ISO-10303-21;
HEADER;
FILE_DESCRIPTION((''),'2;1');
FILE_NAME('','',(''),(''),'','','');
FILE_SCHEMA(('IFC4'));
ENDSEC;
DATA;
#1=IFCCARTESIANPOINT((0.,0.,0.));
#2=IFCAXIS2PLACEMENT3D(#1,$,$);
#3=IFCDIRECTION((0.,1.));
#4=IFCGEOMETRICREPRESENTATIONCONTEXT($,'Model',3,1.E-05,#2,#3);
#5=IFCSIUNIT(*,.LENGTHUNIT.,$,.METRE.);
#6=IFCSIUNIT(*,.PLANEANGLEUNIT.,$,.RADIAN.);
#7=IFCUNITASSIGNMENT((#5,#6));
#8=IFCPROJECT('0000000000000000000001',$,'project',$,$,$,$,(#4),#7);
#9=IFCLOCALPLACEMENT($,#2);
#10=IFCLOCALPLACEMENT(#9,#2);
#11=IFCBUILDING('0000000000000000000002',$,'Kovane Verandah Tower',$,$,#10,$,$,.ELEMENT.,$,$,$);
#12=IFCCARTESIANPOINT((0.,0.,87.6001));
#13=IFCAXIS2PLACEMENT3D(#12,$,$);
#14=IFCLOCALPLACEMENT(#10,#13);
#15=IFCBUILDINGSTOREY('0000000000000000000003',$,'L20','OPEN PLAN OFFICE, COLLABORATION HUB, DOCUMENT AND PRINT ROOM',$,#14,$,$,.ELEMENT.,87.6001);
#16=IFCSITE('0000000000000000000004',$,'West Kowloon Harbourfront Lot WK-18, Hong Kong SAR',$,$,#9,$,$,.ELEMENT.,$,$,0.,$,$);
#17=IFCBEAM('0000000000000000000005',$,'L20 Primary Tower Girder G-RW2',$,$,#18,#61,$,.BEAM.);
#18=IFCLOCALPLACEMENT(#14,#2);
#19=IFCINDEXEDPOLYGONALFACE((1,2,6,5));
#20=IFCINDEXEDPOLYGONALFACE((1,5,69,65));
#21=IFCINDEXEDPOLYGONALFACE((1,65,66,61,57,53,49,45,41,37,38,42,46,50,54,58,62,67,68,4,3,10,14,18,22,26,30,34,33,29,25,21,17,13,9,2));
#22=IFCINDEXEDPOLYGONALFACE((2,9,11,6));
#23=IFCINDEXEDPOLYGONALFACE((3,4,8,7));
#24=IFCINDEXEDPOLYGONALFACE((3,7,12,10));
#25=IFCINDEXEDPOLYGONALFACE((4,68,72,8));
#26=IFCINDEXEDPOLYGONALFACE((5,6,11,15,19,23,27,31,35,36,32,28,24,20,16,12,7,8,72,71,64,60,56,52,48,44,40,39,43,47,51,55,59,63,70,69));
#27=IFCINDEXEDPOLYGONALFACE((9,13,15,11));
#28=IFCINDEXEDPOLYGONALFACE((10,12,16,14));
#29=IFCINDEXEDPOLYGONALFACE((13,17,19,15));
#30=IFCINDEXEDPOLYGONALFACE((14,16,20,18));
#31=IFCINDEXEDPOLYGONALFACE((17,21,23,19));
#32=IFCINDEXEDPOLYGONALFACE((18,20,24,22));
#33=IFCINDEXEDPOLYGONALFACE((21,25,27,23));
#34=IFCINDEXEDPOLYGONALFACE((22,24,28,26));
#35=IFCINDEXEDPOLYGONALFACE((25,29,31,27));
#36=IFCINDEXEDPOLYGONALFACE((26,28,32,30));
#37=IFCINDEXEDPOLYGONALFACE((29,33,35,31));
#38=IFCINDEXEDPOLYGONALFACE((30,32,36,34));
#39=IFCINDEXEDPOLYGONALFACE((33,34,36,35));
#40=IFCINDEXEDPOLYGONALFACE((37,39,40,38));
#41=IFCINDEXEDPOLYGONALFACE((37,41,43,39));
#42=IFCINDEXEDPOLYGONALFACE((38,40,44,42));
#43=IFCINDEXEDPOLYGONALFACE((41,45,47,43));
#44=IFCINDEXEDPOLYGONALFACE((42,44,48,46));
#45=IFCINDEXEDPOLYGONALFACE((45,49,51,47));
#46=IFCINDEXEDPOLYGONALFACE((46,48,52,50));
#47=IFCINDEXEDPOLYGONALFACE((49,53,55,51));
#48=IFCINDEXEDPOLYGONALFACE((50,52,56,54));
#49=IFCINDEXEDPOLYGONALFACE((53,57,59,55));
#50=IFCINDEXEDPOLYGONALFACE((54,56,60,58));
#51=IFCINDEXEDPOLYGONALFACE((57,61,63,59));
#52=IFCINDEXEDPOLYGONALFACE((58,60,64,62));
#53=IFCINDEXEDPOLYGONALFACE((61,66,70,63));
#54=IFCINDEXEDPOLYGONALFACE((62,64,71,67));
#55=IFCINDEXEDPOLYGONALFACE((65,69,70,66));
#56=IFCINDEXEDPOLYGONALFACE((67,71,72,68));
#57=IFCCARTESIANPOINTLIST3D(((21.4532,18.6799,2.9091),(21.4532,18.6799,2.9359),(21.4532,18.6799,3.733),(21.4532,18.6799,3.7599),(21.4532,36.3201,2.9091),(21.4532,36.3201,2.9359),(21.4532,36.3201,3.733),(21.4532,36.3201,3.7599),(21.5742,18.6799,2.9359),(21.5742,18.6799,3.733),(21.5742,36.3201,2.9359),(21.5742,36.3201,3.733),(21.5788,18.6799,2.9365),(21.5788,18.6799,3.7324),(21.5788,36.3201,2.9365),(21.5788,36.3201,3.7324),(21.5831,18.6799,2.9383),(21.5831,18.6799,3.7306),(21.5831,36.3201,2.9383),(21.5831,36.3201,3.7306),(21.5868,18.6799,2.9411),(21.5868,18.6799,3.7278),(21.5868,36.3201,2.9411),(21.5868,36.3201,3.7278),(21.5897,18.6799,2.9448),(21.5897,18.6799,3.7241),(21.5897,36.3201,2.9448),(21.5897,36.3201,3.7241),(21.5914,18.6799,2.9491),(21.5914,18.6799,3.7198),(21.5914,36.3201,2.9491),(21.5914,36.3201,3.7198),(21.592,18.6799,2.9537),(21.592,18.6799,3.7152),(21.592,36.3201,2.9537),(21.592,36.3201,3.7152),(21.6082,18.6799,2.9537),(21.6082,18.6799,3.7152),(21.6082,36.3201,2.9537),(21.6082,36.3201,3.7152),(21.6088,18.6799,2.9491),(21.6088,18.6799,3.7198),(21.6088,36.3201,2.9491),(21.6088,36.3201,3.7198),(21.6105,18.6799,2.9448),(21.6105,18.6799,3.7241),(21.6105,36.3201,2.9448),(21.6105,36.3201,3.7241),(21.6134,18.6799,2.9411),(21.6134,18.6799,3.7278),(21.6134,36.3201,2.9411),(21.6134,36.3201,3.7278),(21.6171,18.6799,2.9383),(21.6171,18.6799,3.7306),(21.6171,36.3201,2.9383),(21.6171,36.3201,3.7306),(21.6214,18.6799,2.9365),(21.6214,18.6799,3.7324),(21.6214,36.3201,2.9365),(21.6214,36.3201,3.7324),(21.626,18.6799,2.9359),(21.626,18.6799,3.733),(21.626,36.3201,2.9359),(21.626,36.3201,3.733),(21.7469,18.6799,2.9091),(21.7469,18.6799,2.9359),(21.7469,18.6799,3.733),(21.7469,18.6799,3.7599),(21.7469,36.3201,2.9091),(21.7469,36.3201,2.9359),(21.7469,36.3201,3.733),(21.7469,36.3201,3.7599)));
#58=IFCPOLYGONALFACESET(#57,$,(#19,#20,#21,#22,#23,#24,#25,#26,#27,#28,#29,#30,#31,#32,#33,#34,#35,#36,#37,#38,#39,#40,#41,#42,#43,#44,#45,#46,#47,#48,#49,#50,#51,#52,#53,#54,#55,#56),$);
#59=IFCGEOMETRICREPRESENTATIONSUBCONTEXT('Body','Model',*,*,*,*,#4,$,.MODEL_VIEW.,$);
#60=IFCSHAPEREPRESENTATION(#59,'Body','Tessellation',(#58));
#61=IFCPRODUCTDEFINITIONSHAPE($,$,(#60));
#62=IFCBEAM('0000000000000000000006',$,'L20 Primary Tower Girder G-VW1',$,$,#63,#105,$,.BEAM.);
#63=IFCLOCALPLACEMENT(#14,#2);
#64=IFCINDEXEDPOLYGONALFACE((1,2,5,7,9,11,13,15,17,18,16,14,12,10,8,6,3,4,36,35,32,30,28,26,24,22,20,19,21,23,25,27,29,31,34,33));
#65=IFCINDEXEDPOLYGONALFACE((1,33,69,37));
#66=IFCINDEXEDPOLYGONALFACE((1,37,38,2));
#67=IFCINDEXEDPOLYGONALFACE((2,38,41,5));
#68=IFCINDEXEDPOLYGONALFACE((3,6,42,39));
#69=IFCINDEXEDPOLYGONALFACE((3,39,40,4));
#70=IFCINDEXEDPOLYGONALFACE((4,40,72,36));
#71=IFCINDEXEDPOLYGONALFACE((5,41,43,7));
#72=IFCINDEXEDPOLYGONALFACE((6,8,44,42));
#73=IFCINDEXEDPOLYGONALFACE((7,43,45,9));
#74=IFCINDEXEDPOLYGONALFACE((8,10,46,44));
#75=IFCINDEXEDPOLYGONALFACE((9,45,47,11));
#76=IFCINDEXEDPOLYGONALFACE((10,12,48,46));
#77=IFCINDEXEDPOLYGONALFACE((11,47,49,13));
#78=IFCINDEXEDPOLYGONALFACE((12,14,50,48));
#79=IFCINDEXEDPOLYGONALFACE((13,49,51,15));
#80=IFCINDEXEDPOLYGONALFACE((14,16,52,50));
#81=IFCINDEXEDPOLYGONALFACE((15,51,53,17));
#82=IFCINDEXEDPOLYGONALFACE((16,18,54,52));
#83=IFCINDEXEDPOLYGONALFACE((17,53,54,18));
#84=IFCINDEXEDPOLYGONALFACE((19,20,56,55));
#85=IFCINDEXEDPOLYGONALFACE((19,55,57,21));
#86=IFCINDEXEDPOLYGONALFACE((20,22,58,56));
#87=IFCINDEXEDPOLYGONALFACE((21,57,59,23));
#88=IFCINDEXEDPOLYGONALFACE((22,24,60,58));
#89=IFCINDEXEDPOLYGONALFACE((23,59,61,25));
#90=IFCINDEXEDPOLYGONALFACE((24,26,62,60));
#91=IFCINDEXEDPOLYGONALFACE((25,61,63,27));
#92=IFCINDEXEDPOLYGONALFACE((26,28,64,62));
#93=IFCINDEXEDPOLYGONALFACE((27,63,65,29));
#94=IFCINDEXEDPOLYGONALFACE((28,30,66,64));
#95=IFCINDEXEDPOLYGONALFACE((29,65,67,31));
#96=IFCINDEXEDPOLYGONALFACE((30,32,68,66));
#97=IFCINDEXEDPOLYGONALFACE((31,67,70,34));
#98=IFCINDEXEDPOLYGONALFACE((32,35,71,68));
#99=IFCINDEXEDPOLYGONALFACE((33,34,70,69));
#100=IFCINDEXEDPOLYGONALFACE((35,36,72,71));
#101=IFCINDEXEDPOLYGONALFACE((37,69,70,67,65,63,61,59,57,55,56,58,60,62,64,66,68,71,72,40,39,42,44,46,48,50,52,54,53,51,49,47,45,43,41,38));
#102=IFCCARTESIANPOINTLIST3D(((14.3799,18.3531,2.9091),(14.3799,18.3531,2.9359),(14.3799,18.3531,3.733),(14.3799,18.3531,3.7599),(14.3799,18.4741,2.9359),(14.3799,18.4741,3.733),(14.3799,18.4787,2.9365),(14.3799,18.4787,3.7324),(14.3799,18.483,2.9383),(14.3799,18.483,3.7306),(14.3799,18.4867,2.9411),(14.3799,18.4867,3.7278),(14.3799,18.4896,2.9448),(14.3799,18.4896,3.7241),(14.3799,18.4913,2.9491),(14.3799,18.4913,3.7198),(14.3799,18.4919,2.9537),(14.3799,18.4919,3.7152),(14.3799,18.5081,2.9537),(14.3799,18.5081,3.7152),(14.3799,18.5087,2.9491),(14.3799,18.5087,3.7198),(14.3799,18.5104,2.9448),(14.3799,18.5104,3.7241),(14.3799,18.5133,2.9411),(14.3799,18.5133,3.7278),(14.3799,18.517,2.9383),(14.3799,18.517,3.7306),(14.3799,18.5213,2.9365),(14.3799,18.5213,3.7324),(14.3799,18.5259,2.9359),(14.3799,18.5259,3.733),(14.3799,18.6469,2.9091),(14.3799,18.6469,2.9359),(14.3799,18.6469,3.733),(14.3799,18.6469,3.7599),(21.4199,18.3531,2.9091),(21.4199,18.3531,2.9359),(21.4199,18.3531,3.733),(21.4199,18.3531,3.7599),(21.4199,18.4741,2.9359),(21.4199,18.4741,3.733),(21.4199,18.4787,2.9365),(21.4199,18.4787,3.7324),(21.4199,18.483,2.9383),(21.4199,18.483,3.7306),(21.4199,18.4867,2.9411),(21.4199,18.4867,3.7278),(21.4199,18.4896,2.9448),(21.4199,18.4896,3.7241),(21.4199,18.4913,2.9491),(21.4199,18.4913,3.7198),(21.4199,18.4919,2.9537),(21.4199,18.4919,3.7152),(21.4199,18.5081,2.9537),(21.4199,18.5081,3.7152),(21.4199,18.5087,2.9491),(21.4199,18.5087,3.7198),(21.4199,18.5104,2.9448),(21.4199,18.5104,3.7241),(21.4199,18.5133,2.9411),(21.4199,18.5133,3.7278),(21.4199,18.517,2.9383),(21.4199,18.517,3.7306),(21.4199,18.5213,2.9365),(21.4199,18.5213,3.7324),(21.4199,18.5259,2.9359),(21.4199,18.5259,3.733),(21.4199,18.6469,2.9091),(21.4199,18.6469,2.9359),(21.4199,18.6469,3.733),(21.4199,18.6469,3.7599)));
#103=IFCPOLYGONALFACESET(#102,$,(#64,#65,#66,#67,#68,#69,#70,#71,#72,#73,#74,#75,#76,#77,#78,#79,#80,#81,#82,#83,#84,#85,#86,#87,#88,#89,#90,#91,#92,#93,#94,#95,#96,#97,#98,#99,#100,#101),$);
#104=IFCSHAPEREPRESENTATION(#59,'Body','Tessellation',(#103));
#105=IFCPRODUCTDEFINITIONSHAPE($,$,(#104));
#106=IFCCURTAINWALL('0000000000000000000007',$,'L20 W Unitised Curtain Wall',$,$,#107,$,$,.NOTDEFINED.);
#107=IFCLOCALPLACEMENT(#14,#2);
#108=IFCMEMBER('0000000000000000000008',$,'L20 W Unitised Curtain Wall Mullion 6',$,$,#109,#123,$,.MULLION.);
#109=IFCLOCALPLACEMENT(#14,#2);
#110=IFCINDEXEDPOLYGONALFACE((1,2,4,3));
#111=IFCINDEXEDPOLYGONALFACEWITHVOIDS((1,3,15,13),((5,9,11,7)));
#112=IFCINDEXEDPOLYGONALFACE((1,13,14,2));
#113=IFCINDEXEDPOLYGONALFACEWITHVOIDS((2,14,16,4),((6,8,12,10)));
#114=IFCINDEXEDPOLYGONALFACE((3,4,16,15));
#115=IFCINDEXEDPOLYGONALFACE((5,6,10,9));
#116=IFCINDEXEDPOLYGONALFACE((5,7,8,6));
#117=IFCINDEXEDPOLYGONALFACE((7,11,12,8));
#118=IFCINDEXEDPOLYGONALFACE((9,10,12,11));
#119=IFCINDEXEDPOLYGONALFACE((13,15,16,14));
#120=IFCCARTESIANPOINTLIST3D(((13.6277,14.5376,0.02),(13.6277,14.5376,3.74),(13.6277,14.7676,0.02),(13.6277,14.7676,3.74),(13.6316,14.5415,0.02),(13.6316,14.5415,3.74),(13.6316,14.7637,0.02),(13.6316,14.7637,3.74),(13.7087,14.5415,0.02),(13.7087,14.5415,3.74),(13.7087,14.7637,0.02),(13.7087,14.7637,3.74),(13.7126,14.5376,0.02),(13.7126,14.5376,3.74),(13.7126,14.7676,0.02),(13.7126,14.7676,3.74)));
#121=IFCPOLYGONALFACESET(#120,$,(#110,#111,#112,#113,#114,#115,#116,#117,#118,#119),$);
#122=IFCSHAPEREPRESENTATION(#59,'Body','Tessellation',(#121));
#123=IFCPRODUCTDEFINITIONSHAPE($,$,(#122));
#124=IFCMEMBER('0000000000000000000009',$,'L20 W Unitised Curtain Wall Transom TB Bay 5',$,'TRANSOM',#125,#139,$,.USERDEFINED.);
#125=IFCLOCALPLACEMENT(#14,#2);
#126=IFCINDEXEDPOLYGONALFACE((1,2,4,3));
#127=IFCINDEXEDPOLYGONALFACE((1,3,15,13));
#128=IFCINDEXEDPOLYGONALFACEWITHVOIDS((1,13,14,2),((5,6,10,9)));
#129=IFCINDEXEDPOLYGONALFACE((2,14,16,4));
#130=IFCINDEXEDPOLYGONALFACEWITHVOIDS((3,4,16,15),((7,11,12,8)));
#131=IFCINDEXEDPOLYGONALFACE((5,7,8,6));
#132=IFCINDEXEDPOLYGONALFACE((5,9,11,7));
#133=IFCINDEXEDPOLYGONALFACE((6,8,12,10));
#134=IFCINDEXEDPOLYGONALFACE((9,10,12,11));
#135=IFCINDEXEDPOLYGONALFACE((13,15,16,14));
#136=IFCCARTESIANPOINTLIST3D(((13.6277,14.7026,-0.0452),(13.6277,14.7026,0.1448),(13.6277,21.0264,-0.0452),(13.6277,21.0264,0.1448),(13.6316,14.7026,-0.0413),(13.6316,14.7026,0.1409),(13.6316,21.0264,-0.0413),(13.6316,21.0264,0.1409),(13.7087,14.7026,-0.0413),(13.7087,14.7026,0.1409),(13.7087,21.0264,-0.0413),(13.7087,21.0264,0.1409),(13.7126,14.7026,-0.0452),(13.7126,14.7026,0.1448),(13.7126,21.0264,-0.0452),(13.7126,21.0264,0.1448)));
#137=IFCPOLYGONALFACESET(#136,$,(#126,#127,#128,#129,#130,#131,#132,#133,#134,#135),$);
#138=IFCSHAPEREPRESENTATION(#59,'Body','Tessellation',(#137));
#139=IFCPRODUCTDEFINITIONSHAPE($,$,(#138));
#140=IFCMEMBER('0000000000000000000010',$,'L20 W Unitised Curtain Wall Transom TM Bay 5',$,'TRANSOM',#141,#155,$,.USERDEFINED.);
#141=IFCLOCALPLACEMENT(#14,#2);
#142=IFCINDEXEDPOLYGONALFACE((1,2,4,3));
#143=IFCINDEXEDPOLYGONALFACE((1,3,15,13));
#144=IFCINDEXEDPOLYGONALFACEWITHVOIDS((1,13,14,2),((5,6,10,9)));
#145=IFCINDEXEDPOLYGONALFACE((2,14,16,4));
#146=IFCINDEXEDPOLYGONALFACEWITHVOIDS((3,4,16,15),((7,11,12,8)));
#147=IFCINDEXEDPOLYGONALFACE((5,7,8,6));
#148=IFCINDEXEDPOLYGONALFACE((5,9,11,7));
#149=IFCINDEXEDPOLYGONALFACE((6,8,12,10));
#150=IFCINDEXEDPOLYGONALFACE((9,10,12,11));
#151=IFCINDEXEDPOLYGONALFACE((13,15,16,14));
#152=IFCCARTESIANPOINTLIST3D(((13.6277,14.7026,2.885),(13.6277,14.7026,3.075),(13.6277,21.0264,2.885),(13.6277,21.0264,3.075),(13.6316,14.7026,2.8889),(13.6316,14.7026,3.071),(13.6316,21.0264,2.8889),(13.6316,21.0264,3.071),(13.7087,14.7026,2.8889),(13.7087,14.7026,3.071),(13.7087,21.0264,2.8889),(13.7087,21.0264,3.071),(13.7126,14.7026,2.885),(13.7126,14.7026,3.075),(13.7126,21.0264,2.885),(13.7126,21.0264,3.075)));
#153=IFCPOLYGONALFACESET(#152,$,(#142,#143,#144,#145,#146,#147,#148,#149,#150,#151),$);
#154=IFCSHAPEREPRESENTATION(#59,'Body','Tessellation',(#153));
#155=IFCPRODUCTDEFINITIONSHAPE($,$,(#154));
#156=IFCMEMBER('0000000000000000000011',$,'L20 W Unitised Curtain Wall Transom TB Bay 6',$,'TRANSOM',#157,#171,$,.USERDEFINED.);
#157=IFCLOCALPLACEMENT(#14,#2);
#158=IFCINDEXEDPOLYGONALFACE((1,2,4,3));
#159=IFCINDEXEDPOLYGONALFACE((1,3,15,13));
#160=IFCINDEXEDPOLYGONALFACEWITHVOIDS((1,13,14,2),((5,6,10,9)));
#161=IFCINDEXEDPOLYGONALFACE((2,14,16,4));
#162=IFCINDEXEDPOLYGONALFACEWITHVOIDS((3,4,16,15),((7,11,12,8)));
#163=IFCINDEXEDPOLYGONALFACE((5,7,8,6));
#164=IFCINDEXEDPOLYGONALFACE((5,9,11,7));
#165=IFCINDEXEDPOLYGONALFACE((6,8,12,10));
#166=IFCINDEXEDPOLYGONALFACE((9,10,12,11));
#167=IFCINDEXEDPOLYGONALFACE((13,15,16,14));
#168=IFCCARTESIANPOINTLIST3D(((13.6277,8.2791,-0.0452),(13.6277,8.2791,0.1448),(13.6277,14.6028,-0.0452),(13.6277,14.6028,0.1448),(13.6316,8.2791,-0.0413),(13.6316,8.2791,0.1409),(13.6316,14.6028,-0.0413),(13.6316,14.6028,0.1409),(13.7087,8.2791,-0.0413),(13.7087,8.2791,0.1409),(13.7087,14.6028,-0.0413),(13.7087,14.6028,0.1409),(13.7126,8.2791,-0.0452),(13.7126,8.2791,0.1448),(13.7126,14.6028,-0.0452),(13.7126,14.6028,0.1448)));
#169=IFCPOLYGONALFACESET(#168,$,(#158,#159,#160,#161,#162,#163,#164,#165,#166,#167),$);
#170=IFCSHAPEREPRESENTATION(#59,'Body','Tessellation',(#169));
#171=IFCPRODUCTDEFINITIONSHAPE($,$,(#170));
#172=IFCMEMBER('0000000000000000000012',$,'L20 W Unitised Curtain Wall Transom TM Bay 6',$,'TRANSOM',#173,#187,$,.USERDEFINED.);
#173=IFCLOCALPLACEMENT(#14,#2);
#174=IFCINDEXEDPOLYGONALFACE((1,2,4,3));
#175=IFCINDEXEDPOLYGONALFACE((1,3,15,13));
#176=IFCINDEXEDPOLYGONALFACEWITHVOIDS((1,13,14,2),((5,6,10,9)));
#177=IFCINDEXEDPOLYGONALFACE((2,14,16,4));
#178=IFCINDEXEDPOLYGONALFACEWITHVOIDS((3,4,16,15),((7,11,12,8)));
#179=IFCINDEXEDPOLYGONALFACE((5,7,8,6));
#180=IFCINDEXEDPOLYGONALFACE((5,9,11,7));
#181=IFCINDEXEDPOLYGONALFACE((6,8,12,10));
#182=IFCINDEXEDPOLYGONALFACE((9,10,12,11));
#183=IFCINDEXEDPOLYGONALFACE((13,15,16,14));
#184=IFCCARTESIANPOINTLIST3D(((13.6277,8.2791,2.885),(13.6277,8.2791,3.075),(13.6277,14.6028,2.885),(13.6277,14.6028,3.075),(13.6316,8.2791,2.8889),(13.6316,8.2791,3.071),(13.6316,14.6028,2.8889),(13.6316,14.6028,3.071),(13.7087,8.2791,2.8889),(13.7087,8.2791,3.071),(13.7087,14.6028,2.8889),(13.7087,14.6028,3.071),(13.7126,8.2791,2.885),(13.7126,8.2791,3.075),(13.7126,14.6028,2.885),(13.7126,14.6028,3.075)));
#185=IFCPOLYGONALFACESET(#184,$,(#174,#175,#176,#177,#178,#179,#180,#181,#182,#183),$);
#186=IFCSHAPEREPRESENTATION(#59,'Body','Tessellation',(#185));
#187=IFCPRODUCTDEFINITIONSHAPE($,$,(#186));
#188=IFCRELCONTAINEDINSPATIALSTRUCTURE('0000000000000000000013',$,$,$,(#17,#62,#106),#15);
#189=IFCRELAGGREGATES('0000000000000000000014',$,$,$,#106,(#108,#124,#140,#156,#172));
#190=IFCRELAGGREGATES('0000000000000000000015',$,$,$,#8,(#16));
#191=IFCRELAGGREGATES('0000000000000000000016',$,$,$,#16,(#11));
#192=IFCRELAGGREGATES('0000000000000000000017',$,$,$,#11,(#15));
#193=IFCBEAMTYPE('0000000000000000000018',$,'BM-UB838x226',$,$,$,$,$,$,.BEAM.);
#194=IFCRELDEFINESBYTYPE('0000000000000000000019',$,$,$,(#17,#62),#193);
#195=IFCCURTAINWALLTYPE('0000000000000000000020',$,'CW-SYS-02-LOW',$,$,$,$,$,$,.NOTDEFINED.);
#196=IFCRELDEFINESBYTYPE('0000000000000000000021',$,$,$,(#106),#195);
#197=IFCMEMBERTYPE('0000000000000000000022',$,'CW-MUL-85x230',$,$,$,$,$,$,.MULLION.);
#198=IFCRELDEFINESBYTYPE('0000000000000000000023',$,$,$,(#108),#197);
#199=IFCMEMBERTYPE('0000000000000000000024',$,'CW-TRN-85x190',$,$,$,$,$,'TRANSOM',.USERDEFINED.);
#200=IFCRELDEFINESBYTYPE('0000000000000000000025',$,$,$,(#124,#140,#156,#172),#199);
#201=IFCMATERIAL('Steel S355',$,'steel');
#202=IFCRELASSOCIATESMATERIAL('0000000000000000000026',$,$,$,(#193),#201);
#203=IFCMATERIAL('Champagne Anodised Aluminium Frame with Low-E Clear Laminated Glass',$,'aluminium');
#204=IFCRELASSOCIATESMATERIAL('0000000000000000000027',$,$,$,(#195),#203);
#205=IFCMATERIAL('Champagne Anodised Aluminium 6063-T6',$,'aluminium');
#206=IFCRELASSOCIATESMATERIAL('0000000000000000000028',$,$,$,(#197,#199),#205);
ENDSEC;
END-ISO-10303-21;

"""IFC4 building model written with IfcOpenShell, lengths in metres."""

from ifc_helpers import new_model, si_unit, direction, frame, origin, origin_2d, place, context, subcontext, project, spatial, hollow_rectangle, i_section, extrude, material, material_profile, profile_set, type_object, element, aggregate, save


model = new_model("IFC4")

# Units and contexts
model_context = context("Model", 3, precision=1e-05, world=origin(), true_north=direction((0.0, 1.0)))
body_context = subcontext(model_context, "Body", "Model", "MODEL_VIEW")
ifc_project = project(units=[si_unit("LENGTHUNIT", "METRE"), si_unit("PLANEANGLEUNIT", "RADIAN")], contexts=[model_context])

# Site, building, storey
site_placement = place(None, origin())
site = spatial("IfcSite", under=ifc_project, at=site_placement, Name="West Kowloon Harbourfront Lot WK-18, Hong Kong SAR", CompositionType="ELEMENT", RefElevation=0.0)
building_placement = place(site_placement, origin())
building = spatial("IfcBuilding", under=site, at=building_placement, Name="Kovane Verandah Tower", CompositionType="ELEMENT")
storey_placement = place(building_placement, frame((0.0, 0.0, 87.6001)))
storey = spatial("IfcBuildingStorey", under=building, at=storey_placement, Name="L20", Description="OPEN PLAN OFFICE, COLLABORATION HUB, DOCUMENT AND PRINT ROOM", CompositionType="ELEMENT", Elevation=87.6001)

# Beams
ifc_material_1 = material(Name="Steel S355", Category="steel")
ifc_material_profile_1 = material_profile(ifc_material_1, i_section(OverallWidth=0.2937, OverallDepth=0.8508, WebThickness=0.0161, FlangeThickness=0.0269, FilletRadius=0.0178, at=origin_2d()), Name="UB838x292x226")
ifc_profile_set_1 = profile_set([ifc_material_profile_1], Name="Steel S355")
beam_type_1 = type_object("IfcBeamType", Name="BM-UB838x226", PredefinedType="BEAM", material=ifc_profile_set_1)
beam_1_placement = place(storey_placement, frame((21.6001, 18.6799, 3.3345), z_axis=(0.0, 1.0, 0.0), x_axis=(-1.0, 0.0, 0.0)))
element("IfcBeam", 1, at=beam_1_placement, inside=storey, type_object=beam_type_1, Name="L20 Primary Tower Girder G-RW2", PredefinedType="BEAM", context=body_context, shape_type="SweptSolid", body=[
    extrude(i_section(OverallWidth=0.2937, OverallDepth=0.8508, WebThickness=0.0161, FlangeThickness=0.0269, FilletRadius=0.0178, at=origin_2d()), origin(), (0.0, 0.0, 1.0), 17.6401),
])
beam_2_placement = place(storey_placement, frame((21.4199, 18.5, 3.3345), z_axis=(-1.0, 0.0, 0.0), x_axis=(0.0, -1.0, 0.0)))
element("IfcBeam", 2, at=beam_2_placement, inside=storey, type_object=beam_type_1, Name="L20 Primary Tower Girder G-VW1", PredefinedType="BEAM", context=body_context, shape_type="SweptSolid", body=[
    extrude(i_section(OverallWidth=0.2937, OverallDepth=0.8508, WebThickness=0.0161, FlangeThickness=0.0269, FilletRadius=0.0178, at=origin_2d()), origin(), (0.0, 0.0, 1.0), 7.04),
])

# Curtain wall, members
ifc_material_2 = material(Name="Champagne Anodised Aluminium Frame with Low-E Clear Laminated Glass", Category="aluminium")
curtain_wall_type = type_object("IfcCurtainWallType", Name="CW-SYS-02-LOW", PredefinedType="NOTDEFINED", material=ifc_material_2)
curtain_wall_placement = place(storey_placement, origin())
curtain_wall = element("IfcCurtainWall", 3, at=curtain_wall_placement, inside=storey, type_object=curtain_wall_type, Name="L20 W Unitised Curtain Wall", PredefinedType="NOTDEFINED")
ifc_material_3 = material(Name="Champagne Anodised Aluminium 6063-T6", Category="aluminium")
ifc_material_profile_2 = material_profile(ifc_material_3, hollow_rectangle(XDim=0.085, YDim=0.23, WallThickness=0.0039, at=origin_2d()), Name="AL85x230x4")
ifc_profile_set_2 = profile_set([ifc_material_profile_2], Name="Champagne Anodised Aluminium 6063-T6")
member_type_1 = type_object("IfcMemberType", Name="CW-MUL-85x230", PredefinedType="MULLION", material=ifc_profile_set_2)
member_1_placement = place(storey_placement, frame((13.6702, 14.6526, 0.02), z_axis=(0.0, 0.0, 1.0), x_axis=(-1.0, 0.0, 0.0)))
member_1 = element("IfcMember", 4, at=member_1_placement, type_object=member_type_1, Name="L20 W Unitised Curtain Wall Mullion 6", PredefinedType="MULLION", context=body_context, shape_type="SweptSolid", body=[
    extrude(hollow_rectangle(XDim=0.085, YDim=0.23, WallThickness=0.0039, at=origin_2d()), origin(), (0.0, 0.0, 1.0), 3.72),
])
ifc_material_profile_3 = material_profile(ifc_material_3, hollow_rectangle(XDim=0.085, YDim=0.1899, WallThickness=0.0039, at=origin_2d()), Name="AL85x190x4")
ifc_profile_set_3 = profile_set([ifc_material_profile_3], Name="Champagne Anodised Aluminium 6063-T6")
member_type_2 = type_object("IfcMemberType", Name="CW-TRN-85x190", ElementType="TRANSOM", PredefinedType="USERDEFINED", material=ifc_profile_set_3)
member_2_placement = place(storey_placement, frame((13.6702, 21.0264, 0.0498), z_axis=(0.0, -1.0, 0.0), x_axis=(1.0, 0.0, 0.0)))
member_2 = element("IfcMember", 5, at=member_2_placement, type_object=member_type_2, Name="L20 W Unitised Curtain Wall Transom TB Bay 5", ObjectType="TRANSOM", PredefinedType="USERDEFINED", context=body_context, shape_type="SweptSolid", body=[
    extrude(hollow_rectangle(XDim=0.085, YDim=0.1899, WallThickness=0.0039, at=origin_2d()), origin(), (0.0, 0.0, 1.0), 6.3237),
])
member_3_placement = place(storey_placement, frame((13.6702, 21.0264, 2.98), z_axis=(0.0, -1.0, 0.0), x_axis=(1.0, 0.0, 0.0)))
member_3 = element("IfcMember", 6, at=member_3_placement, type_object=member_type_2, Name="L20 W Unitised Curtain Wall Transom TM Bay 5", ObjectType="TRANSOM", PredefinedType="USERDEFINED", context=body_context, shape_type="SweptSolid", body=[
    extrude(hollow_rectangle(XDim=0.085, YDim=0.1899, WallThickness=0.0039, at=origin_2d()), origin(), (0.0, 0.0, 1.0), 6.3237),
])
member_4_placement = place(storey_placement, frame((13.6702, 14.6028, 0.0498), z_axis=(0.0, -1.0, 0.0), x_axis=(1.0, 0.0, 0.0)))
member_4 = element("IfcMember", 7, at=member_4_placement, type_object=member_type_2, Name="L20 W Unitised Curtain Wall Transom TB Bay 6", ObjectType="TRANSOM", PredefinedType="USERDEFINED", context=body_context, shape_type="SweptSolid", body=[
    extrude(hollow_rectangle(XDim=0.085, YDim=0.1899, WallThickness=0.0039, at=origin_2d()), origin(), (0.0, 0.0, 1.0), 6.3237),
])
member_5_placement = place(storey_placement, frame((13.6702, 14.6028, 2.98), z_axis=(0.0, -1.0, 0.0), x_axis=(1.0, 0.0, 0.0)))
member_5 = element("IfcMember", 8, at=member_5_placement, type_object=member_type_2, Name="L20 W Unitised Curtain Wall Transom TM Bay 6", ObjectType="TRANSOM", PredefinedType="USERDEFINED", context=body_context, shape_type="SweptSolid", body=[
    extrude(hollow_rectangle(XDim=0.085, YDim=0.1899, WallThickness=0.0039, at=origin_2d()), origin(), (0.0, 0.0, 1.0), 6.3237),
])

aggregate(curtain_wall, [member_1, member_2, member_3, member_4, member_5])

save(model, "model.ifc")
